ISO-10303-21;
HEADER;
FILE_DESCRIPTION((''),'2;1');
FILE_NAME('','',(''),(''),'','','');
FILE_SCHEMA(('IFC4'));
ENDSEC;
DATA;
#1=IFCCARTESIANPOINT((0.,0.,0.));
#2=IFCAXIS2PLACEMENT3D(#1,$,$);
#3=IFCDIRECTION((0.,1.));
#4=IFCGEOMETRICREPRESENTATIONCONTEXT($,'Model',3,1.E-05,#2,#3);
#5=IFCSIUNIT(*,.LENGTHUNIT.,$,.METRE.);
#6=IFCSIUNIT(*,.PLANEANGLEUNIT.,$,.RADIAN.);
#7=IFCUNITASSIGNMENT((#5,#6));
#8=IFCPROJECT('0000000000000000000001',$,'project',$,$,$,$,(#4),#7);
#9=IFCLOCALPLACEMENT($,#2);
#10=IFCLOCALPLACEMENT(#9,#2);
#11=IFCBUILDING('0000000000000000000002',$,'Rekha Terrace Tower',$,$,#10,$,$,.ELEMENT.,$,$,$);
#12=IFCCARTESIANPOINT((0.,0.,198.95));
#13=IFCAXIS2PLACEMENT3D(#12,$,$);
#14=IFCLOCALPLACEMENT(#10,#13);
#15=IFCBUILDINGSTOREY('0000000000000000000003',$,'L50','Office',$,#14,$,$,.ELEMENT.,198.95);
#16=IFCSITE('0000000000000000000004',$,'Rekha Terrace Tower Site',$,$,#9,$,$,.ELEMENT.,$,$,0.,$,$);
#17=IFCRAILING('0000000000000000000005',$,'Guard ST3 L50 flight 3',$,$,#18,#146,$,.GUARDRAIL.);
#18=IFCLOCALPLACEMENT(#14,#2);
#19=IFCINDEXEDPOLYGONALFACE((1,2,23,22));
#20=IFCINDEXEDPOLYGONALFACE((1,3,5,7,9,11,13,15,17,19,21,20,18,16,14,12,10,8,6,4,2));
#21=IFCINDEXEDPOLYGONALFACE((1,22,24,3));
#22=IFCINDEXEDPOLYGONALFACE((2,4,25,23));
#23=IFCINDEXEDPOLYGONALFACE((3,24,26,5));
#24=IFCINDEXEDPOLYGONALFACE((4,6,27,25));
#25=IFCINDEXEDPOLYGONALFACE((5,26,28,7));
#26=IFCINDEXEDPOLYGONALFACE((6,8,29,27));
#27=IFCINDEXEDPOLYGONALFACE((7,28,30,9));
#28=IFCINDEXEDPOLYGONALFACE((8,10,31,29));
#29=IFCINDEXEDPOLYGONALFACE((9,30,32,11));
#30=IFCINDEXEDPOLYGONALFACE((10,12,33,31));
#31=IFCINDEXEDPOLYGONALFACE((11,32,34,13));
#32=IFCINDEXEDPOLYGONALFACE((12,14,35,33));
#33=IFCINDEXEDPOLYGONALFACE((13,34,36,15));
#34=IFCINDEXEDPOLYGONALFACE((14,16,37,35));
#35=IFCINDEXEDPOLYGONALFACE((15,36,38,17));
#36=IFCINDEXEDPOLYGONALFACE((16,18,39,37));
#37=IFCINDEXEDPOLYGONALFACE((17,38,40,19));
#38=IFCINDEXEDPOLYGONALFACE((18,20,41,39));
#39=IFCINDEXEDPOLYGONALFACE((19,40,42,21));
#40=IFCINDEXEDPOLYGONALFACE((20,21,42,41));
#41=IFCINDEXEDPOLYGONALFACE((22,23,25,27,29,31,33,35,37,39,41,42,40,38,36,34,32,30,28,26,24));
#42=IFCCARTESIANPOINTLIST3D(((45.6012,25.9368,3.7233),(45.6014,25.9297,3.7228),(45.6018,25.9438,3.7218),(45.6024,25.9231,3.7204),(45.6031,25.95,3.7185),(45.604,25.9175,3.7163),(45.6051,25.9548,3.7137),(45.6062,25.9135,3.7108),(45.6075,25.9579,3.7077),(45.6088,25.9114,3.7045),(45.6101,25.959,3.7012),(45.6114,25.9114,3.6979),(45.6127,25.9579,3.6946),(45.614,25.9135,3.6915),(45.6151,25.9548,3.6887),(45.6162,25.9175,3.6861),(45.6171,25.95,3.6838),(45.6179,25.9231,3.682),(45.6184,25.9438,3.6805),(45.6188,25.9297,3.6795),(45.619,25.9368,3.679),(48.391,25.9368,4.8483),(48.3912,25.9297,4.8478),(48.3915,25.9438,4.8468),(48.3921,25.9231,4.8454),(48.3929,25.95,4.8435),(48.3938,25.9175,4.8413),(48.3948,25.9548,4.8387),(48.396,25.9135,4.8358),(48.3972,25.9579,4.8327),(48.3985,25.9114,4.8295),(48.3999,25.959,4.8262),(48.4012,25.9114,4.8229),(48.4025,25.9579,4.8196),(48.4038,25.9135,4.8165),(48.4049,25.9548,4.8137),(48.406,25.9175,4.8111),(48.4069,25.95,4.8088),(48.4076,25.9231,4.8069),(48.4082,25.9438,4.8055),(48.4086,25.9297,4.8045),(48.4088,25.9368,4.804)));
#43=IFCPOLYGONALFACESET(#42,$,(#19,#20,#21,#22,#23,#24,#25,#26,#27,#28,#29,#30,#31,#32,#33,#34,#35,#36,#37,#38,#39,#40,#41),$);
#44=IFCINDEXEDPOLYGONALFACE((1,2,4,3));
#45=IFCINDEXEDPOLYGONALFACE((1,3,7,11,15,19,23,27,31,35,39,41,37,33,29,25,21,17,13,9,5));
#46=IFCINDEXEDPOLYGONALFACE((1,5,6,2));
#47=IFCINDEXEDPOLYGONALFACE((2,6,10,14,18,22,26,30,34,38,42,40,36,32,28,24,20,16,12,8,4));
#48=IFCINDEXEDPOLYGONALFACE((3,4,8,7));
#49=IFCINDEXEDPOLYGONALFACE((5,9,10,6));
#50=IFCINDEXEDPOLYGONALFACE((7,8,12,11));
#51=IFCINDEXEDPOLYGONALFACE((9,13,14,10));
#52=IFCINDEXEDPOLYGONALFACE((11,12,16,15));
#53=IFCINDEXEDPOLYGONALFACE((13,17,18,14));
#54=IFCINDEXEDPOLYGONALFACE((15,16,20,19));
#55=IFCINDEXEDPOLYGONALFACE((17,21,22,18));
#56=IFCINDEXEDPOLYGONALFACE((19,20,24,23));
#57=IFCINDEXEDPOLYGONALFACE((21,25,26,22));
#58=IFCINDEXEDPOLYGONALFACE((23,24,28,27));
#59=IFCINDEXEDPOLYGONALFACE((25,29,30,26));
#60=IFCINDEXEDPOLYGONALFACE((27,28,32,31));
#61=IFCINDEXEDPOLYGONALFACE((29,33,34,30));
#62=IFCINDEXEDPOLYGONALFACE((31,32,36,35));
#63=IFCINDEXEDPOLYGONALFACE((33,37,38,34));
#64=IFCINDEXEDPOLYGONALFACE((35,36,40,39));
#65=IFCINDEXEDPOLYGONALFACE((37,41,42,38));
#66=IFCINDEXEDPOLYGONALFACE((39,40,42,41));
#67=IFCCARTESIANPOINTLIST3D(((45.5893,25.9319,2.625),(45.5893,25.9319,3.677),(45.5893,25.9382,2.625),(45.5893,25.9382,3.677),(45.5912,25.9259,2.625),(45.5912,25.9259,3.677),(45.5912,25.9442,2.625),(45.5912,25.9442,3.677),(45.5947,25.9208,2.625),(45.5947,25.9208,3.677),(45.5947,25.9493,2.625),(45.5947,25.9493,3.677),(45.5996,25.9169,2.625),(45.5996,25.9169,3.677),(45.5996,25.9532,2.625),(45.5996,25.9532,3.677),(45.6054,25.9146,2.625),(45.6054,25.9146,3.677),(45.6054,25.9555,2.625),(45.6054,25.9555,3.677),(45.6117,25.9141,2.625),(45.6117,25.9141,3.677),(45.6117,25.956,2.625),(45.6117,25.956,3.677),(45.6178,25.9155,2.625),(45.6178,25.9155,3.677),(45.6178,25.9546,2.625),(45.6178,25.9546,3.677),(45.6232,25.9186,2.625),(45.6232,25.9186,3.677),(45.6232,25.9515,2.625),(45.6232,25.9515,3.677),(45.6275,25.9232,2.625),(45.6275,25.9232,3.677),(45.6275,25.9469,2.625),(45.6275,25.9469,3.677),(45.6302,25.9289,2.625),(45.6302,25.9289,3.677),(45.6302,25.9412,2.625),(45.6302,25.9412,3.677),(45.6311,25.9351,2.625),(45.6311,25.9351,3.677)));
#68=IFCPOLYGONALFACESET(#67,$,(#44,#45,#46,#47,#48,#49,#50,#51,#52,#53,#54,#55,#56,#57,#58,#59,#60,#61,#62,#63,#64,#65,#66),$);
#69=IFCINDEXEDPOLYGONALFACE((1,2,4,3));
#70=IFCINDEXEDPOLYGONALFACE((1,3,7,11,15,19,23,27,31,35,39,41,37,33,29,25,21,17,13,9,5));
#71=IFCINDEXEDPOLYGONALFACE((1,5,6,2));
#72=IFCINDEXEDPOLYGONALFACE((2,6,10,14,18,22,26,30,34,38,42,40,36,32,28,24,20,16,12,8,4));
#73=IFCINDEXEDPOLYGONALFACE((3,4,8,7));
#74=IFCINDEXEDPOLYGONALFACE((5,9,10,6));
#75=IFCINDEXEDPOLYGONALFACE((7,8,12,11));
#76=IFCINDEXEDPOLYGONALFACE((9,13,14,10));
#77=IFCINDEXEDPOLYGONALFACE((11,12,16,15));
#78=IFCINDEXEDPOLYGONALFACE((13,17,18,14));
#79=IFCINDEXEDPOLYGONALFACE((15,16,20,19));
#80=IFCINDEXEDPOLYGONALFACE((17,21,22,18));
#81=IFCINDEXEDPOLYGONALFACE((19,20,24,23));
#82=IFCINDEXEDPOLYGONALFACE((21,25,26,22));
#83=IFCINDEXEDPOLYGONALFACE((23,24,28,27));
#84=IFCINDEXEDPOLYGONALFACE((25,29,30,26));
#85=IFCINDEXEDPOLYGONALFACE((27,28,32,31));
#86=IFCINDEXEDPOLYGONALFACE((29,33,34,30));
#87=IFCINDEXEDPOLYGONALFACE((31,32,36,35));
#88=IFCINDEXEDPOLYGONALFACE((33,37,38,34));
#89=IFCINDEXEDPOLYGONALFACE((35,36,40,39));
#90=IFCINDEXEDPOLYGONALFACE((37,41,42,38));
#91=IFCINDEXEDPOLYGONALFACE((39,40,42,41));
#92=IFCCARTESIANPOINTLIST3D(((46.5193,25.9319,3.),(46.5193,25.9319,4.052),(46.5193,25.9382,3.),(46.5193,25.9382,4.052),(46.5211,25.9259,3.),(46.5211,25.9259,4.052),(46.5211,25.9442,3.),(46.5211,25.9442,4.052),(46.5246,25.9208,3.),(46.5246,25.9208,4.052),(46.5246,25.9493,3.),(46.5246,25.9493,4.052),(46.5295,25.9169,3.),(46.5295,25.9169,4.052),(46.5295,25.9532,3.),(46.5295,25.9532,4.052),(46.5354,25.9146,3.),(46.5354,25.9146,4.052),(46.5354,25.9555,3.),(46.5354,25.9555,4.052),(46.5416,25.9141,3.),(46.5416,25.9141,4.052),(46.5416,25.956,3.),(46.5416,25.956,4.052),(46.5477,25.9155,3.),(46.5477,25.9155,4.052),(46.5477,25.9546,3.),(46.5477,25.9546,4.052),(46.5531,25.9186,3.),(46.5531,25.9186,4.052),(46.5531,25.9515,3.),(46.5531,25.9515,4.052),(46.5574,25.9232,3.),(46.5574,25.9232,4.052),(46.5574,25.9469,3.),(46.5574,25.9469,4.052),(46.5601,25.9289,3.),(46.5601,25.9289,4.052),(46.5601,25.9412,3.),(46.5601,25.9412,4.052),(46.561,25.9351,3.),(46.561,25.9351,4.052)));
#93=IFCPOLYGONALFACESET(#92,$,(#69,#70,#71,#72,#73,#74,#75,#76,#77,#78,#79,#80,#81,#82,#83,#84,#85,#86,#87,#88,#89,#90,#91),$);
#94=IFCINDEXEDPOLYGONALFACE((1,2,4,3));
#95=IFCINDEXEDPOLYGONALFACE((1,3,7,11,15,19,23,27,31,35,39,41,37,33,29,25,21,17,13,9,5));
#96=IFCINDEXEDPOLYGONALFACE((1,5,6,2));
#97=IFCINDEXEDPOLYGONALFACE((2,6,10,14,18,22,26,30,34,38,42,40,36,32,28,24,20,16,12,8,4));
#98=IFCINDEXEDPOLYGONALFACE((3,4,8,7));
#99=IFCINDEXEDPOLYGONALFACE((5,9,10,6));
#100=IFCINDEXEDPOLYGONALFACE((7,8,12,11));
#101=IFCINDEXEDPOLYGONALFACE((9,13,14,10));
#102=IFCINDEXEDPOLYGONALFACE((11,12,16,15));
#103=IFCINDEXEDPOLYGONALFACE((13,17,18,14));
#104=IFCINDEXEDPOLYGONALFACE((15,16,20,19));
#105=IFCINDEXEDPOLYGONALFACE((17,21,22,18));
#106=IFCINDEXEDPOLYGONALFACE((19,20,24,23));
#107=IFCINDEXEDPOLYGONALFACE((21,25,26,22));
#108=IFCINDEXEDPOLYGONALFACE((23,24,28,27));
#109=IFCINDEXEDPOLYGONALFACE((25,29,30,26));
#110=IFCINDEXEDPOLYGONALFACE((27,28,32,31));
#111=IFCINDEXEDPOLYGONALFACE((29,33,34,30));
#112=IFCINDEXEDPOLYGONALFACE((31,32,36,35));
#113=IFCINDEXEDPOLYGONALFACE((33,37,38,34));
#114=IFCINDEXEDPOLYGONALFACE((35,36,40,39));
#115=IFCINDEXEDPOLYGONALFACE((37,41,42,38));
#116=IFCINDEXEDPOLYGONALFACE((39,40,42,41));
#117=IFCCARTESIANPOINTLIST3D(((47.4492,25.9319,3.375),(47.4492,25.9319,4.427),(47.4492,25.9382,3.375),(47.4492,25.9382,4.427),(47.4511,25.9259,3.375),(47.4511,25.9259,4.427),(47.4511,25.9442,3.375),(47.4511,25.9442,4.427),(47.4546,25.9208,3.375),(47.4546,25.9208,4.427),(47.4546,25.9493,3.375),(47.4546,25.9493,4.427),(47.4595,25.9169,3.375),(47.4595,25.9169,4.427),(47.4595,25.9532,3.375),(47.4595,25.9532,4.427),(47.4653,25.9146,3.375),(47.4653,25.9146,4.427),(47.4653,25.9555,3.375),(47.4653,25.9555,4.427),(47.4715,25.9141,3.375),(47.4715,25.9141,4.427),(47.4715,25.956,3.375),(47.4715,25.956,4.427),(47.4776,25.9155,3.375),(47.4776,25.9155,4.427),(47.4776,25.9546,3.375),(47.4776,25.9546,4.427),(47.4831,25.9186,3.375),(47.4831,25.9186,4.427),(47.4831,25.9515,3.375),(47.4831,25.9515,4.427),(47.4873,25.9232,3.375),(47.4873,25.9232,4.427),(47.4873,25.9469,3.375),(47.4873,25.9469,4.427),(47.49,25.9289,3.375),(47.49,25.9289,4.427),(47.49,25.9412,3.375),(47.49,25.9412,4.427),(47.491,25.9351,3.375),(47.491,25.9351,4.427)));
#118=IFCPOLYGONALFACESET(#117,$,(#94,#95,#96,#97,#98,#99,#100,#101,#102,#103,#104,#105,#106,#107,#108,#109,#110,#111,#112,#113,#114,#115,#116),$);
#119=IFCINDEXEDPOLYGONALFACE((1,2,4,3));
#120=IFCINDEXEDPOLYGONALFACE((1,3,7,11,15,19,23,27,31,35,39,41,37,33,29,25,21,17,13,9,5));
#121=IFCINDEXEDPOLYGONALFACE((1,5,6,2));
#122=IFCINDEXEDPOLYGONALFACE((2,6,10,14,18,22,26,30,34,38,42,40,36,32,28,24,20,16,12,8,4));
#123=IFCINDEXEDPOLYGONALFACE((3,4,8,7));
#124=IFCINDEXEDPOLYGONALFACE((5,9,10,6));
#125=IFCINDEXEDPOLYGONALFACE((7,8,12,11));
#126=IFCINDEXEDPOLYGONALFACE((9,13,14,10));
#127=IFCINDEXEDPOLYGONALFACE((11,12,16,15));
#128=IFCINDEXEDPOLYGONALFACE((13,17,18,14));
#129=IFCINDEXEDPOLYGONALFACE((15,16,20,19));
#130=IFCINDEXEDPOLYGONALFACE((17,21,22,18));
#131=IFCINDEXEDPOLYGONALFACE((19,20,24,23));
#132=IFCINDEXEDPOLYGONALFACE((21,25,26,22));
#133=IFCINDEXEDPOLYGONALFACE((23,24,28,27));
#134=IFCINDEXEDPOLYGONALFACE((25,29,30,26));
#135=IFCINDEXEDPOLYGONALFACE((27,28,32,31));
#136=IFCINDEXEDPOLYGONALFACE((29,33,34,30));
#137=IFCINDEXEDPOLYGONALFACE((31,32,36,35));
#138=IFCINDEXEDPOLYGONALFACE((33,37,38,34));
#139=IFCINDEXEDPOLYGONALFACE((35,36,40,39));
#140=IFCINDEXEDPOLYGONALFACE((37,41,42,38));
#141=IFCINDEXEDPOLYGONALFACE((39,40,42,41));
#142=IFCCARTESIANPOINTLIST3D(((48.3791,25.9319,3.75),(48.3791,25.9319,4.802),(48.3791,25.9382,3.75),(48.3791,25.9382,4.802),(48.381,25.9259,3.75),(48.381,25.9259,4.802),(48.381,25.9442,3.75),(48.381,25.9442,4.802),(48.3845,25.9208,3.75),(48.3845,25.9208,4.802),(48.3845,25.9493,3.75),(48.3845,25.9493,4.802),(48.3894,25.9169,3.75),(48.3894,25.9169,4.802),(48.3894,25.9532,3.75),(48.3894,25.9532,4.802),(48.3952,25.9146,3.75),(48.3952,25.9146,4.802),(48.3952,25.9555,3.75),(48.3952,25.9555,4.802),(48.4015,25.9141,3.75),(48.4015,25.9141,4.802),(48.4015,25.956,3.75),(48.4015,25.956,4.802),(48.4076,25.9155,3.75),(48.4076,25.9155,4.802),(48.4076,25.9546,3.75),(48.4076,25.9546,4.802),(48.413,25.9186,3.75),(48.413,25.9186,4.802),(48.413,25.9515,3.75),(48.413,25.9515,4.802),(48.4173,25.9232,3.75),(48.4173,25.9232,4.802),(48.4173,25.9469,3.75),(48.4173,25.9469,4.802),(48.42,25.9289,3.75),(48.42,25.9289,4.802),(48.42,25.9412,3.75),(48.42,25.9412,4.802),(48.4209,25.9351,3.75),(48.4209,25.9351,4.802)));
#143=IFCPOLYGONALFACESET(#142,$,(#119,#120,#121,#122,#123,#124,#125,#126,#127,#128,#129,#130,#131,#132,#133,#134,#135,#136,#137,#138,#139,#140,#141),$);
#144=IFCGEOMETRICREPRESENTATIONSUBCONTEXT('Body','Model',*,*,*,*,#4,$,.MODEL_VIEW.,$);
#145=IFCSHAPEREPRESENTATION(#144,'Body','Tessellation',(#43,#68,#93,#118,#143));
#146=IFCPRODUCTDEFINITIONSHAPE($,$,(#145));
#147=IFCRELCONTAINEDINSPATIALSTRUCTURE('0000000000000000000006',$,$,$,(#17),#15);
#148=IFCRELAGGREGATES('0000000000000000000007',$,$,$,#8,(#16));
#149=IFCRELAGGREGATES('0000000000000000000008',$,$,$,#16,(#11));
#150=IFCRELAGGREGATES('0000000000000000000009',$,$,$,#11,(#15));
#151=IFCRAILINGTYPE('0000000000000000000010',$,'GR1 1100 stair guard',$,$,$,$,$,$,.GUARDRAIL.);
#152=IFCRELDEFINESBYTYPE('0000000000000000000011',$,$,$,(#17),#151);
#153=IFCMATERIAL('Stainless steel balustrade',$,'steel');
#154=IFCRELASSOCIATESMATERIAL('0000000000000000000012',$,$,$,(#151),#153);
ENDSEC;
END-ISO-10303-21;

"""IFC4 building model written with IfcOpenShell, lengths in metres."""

from ifc_helpers import new_model, si_unit, direction, frame, origin, origin_2d, place, context, subcontext, project, spatial, circle, extrude, material, type_object, element, save


model = new_model("IFC4")

# Units and contexts
model_context = context("Model", 3, precision=1e-05, world=origin(), true_north=direction((0.0, 1.0)))
body_context = subcontext(model_context, "Body", "Model", "MODEL_VIEW")
ifc_project = project(units=[si_unit("LENGTHUNIT", "METRE"), si_unit("PLANEANGLEUNIT", "RADIAN")], contexts=[model_context])

# Site, building, storey
site_placement = place(None, origin())
site = spatial("IfcSite", under=ifc_project, at=site_placement, Name="Rekha Terrace Tower Site", CompositionType="ELEMENT", RefElevation=0.0)
building_placement = place(site_placement, origin())
building = spatial("IfcBuilding", under=site, at=building_placement, Name="Rekha Terrace Tower", CompositionType="ELEMENT")
storey_placement = place(building_placement, frame((0.0, 0.0, 198.95)))
storey = spatial("IfcBuildingStorey", under=building, at=storey_placement, Name="L50", Description="Office", CompositionType="ELEMENT", Elevation=198.95)

# Railing
ifc_material_1 = material(Name="Stainless steel balustrade", Category="steel")
railing_type_1 = type_object("IfcRailingType", Name="GR1 1100 stair guard", PredefinedType="GUARDRAIL", material=ifc_material_1)
railing_1_placement = place(storey_placement, frame((45.6101, 25.9351, 2.625)))
element("IfcRailing", 1, at=railing_1_placement, inside=storey, type_object=railing_type_1, Name="Guard ST3 L50 flight 3", PredefinedType="GUARDRAIL", context=body_context, shape_type="SweptSolid", body=[
    extrude(circle(Radius=0.0239, at=origin_2d()), frame((0.0, 0.0, 1.0762), z_axis=(0.927432, 0.0, 0.373992), x_axis=(0.0, 1.0, 0.0)), (0.0, 0.0, 1.0), 3.0081),
    extrude(circle(Radius=0.021, at=origin_2d()), origin(), (0.0, 0.0, 1.0), 1.052),
    extrude(circle(Radius=0.021, at=origin_2d()), frame((0.9299, 0.0, 0.375)), (0.0, 0.0, 1.0), 1.052),
    extrude(circle(Radius=0.021, at=origin_2d()), frame((1.8599, 0.0, 0.75)), (0.0, 0.0, 1.0), 1.052),
    extrude(circle(Radius=0.021, at=origin_2d()), frame((2.7898, 0.0, 1.125)), (0.0, 0.0, 1.0), 1.052),
])

save(model, "model.ifc")
